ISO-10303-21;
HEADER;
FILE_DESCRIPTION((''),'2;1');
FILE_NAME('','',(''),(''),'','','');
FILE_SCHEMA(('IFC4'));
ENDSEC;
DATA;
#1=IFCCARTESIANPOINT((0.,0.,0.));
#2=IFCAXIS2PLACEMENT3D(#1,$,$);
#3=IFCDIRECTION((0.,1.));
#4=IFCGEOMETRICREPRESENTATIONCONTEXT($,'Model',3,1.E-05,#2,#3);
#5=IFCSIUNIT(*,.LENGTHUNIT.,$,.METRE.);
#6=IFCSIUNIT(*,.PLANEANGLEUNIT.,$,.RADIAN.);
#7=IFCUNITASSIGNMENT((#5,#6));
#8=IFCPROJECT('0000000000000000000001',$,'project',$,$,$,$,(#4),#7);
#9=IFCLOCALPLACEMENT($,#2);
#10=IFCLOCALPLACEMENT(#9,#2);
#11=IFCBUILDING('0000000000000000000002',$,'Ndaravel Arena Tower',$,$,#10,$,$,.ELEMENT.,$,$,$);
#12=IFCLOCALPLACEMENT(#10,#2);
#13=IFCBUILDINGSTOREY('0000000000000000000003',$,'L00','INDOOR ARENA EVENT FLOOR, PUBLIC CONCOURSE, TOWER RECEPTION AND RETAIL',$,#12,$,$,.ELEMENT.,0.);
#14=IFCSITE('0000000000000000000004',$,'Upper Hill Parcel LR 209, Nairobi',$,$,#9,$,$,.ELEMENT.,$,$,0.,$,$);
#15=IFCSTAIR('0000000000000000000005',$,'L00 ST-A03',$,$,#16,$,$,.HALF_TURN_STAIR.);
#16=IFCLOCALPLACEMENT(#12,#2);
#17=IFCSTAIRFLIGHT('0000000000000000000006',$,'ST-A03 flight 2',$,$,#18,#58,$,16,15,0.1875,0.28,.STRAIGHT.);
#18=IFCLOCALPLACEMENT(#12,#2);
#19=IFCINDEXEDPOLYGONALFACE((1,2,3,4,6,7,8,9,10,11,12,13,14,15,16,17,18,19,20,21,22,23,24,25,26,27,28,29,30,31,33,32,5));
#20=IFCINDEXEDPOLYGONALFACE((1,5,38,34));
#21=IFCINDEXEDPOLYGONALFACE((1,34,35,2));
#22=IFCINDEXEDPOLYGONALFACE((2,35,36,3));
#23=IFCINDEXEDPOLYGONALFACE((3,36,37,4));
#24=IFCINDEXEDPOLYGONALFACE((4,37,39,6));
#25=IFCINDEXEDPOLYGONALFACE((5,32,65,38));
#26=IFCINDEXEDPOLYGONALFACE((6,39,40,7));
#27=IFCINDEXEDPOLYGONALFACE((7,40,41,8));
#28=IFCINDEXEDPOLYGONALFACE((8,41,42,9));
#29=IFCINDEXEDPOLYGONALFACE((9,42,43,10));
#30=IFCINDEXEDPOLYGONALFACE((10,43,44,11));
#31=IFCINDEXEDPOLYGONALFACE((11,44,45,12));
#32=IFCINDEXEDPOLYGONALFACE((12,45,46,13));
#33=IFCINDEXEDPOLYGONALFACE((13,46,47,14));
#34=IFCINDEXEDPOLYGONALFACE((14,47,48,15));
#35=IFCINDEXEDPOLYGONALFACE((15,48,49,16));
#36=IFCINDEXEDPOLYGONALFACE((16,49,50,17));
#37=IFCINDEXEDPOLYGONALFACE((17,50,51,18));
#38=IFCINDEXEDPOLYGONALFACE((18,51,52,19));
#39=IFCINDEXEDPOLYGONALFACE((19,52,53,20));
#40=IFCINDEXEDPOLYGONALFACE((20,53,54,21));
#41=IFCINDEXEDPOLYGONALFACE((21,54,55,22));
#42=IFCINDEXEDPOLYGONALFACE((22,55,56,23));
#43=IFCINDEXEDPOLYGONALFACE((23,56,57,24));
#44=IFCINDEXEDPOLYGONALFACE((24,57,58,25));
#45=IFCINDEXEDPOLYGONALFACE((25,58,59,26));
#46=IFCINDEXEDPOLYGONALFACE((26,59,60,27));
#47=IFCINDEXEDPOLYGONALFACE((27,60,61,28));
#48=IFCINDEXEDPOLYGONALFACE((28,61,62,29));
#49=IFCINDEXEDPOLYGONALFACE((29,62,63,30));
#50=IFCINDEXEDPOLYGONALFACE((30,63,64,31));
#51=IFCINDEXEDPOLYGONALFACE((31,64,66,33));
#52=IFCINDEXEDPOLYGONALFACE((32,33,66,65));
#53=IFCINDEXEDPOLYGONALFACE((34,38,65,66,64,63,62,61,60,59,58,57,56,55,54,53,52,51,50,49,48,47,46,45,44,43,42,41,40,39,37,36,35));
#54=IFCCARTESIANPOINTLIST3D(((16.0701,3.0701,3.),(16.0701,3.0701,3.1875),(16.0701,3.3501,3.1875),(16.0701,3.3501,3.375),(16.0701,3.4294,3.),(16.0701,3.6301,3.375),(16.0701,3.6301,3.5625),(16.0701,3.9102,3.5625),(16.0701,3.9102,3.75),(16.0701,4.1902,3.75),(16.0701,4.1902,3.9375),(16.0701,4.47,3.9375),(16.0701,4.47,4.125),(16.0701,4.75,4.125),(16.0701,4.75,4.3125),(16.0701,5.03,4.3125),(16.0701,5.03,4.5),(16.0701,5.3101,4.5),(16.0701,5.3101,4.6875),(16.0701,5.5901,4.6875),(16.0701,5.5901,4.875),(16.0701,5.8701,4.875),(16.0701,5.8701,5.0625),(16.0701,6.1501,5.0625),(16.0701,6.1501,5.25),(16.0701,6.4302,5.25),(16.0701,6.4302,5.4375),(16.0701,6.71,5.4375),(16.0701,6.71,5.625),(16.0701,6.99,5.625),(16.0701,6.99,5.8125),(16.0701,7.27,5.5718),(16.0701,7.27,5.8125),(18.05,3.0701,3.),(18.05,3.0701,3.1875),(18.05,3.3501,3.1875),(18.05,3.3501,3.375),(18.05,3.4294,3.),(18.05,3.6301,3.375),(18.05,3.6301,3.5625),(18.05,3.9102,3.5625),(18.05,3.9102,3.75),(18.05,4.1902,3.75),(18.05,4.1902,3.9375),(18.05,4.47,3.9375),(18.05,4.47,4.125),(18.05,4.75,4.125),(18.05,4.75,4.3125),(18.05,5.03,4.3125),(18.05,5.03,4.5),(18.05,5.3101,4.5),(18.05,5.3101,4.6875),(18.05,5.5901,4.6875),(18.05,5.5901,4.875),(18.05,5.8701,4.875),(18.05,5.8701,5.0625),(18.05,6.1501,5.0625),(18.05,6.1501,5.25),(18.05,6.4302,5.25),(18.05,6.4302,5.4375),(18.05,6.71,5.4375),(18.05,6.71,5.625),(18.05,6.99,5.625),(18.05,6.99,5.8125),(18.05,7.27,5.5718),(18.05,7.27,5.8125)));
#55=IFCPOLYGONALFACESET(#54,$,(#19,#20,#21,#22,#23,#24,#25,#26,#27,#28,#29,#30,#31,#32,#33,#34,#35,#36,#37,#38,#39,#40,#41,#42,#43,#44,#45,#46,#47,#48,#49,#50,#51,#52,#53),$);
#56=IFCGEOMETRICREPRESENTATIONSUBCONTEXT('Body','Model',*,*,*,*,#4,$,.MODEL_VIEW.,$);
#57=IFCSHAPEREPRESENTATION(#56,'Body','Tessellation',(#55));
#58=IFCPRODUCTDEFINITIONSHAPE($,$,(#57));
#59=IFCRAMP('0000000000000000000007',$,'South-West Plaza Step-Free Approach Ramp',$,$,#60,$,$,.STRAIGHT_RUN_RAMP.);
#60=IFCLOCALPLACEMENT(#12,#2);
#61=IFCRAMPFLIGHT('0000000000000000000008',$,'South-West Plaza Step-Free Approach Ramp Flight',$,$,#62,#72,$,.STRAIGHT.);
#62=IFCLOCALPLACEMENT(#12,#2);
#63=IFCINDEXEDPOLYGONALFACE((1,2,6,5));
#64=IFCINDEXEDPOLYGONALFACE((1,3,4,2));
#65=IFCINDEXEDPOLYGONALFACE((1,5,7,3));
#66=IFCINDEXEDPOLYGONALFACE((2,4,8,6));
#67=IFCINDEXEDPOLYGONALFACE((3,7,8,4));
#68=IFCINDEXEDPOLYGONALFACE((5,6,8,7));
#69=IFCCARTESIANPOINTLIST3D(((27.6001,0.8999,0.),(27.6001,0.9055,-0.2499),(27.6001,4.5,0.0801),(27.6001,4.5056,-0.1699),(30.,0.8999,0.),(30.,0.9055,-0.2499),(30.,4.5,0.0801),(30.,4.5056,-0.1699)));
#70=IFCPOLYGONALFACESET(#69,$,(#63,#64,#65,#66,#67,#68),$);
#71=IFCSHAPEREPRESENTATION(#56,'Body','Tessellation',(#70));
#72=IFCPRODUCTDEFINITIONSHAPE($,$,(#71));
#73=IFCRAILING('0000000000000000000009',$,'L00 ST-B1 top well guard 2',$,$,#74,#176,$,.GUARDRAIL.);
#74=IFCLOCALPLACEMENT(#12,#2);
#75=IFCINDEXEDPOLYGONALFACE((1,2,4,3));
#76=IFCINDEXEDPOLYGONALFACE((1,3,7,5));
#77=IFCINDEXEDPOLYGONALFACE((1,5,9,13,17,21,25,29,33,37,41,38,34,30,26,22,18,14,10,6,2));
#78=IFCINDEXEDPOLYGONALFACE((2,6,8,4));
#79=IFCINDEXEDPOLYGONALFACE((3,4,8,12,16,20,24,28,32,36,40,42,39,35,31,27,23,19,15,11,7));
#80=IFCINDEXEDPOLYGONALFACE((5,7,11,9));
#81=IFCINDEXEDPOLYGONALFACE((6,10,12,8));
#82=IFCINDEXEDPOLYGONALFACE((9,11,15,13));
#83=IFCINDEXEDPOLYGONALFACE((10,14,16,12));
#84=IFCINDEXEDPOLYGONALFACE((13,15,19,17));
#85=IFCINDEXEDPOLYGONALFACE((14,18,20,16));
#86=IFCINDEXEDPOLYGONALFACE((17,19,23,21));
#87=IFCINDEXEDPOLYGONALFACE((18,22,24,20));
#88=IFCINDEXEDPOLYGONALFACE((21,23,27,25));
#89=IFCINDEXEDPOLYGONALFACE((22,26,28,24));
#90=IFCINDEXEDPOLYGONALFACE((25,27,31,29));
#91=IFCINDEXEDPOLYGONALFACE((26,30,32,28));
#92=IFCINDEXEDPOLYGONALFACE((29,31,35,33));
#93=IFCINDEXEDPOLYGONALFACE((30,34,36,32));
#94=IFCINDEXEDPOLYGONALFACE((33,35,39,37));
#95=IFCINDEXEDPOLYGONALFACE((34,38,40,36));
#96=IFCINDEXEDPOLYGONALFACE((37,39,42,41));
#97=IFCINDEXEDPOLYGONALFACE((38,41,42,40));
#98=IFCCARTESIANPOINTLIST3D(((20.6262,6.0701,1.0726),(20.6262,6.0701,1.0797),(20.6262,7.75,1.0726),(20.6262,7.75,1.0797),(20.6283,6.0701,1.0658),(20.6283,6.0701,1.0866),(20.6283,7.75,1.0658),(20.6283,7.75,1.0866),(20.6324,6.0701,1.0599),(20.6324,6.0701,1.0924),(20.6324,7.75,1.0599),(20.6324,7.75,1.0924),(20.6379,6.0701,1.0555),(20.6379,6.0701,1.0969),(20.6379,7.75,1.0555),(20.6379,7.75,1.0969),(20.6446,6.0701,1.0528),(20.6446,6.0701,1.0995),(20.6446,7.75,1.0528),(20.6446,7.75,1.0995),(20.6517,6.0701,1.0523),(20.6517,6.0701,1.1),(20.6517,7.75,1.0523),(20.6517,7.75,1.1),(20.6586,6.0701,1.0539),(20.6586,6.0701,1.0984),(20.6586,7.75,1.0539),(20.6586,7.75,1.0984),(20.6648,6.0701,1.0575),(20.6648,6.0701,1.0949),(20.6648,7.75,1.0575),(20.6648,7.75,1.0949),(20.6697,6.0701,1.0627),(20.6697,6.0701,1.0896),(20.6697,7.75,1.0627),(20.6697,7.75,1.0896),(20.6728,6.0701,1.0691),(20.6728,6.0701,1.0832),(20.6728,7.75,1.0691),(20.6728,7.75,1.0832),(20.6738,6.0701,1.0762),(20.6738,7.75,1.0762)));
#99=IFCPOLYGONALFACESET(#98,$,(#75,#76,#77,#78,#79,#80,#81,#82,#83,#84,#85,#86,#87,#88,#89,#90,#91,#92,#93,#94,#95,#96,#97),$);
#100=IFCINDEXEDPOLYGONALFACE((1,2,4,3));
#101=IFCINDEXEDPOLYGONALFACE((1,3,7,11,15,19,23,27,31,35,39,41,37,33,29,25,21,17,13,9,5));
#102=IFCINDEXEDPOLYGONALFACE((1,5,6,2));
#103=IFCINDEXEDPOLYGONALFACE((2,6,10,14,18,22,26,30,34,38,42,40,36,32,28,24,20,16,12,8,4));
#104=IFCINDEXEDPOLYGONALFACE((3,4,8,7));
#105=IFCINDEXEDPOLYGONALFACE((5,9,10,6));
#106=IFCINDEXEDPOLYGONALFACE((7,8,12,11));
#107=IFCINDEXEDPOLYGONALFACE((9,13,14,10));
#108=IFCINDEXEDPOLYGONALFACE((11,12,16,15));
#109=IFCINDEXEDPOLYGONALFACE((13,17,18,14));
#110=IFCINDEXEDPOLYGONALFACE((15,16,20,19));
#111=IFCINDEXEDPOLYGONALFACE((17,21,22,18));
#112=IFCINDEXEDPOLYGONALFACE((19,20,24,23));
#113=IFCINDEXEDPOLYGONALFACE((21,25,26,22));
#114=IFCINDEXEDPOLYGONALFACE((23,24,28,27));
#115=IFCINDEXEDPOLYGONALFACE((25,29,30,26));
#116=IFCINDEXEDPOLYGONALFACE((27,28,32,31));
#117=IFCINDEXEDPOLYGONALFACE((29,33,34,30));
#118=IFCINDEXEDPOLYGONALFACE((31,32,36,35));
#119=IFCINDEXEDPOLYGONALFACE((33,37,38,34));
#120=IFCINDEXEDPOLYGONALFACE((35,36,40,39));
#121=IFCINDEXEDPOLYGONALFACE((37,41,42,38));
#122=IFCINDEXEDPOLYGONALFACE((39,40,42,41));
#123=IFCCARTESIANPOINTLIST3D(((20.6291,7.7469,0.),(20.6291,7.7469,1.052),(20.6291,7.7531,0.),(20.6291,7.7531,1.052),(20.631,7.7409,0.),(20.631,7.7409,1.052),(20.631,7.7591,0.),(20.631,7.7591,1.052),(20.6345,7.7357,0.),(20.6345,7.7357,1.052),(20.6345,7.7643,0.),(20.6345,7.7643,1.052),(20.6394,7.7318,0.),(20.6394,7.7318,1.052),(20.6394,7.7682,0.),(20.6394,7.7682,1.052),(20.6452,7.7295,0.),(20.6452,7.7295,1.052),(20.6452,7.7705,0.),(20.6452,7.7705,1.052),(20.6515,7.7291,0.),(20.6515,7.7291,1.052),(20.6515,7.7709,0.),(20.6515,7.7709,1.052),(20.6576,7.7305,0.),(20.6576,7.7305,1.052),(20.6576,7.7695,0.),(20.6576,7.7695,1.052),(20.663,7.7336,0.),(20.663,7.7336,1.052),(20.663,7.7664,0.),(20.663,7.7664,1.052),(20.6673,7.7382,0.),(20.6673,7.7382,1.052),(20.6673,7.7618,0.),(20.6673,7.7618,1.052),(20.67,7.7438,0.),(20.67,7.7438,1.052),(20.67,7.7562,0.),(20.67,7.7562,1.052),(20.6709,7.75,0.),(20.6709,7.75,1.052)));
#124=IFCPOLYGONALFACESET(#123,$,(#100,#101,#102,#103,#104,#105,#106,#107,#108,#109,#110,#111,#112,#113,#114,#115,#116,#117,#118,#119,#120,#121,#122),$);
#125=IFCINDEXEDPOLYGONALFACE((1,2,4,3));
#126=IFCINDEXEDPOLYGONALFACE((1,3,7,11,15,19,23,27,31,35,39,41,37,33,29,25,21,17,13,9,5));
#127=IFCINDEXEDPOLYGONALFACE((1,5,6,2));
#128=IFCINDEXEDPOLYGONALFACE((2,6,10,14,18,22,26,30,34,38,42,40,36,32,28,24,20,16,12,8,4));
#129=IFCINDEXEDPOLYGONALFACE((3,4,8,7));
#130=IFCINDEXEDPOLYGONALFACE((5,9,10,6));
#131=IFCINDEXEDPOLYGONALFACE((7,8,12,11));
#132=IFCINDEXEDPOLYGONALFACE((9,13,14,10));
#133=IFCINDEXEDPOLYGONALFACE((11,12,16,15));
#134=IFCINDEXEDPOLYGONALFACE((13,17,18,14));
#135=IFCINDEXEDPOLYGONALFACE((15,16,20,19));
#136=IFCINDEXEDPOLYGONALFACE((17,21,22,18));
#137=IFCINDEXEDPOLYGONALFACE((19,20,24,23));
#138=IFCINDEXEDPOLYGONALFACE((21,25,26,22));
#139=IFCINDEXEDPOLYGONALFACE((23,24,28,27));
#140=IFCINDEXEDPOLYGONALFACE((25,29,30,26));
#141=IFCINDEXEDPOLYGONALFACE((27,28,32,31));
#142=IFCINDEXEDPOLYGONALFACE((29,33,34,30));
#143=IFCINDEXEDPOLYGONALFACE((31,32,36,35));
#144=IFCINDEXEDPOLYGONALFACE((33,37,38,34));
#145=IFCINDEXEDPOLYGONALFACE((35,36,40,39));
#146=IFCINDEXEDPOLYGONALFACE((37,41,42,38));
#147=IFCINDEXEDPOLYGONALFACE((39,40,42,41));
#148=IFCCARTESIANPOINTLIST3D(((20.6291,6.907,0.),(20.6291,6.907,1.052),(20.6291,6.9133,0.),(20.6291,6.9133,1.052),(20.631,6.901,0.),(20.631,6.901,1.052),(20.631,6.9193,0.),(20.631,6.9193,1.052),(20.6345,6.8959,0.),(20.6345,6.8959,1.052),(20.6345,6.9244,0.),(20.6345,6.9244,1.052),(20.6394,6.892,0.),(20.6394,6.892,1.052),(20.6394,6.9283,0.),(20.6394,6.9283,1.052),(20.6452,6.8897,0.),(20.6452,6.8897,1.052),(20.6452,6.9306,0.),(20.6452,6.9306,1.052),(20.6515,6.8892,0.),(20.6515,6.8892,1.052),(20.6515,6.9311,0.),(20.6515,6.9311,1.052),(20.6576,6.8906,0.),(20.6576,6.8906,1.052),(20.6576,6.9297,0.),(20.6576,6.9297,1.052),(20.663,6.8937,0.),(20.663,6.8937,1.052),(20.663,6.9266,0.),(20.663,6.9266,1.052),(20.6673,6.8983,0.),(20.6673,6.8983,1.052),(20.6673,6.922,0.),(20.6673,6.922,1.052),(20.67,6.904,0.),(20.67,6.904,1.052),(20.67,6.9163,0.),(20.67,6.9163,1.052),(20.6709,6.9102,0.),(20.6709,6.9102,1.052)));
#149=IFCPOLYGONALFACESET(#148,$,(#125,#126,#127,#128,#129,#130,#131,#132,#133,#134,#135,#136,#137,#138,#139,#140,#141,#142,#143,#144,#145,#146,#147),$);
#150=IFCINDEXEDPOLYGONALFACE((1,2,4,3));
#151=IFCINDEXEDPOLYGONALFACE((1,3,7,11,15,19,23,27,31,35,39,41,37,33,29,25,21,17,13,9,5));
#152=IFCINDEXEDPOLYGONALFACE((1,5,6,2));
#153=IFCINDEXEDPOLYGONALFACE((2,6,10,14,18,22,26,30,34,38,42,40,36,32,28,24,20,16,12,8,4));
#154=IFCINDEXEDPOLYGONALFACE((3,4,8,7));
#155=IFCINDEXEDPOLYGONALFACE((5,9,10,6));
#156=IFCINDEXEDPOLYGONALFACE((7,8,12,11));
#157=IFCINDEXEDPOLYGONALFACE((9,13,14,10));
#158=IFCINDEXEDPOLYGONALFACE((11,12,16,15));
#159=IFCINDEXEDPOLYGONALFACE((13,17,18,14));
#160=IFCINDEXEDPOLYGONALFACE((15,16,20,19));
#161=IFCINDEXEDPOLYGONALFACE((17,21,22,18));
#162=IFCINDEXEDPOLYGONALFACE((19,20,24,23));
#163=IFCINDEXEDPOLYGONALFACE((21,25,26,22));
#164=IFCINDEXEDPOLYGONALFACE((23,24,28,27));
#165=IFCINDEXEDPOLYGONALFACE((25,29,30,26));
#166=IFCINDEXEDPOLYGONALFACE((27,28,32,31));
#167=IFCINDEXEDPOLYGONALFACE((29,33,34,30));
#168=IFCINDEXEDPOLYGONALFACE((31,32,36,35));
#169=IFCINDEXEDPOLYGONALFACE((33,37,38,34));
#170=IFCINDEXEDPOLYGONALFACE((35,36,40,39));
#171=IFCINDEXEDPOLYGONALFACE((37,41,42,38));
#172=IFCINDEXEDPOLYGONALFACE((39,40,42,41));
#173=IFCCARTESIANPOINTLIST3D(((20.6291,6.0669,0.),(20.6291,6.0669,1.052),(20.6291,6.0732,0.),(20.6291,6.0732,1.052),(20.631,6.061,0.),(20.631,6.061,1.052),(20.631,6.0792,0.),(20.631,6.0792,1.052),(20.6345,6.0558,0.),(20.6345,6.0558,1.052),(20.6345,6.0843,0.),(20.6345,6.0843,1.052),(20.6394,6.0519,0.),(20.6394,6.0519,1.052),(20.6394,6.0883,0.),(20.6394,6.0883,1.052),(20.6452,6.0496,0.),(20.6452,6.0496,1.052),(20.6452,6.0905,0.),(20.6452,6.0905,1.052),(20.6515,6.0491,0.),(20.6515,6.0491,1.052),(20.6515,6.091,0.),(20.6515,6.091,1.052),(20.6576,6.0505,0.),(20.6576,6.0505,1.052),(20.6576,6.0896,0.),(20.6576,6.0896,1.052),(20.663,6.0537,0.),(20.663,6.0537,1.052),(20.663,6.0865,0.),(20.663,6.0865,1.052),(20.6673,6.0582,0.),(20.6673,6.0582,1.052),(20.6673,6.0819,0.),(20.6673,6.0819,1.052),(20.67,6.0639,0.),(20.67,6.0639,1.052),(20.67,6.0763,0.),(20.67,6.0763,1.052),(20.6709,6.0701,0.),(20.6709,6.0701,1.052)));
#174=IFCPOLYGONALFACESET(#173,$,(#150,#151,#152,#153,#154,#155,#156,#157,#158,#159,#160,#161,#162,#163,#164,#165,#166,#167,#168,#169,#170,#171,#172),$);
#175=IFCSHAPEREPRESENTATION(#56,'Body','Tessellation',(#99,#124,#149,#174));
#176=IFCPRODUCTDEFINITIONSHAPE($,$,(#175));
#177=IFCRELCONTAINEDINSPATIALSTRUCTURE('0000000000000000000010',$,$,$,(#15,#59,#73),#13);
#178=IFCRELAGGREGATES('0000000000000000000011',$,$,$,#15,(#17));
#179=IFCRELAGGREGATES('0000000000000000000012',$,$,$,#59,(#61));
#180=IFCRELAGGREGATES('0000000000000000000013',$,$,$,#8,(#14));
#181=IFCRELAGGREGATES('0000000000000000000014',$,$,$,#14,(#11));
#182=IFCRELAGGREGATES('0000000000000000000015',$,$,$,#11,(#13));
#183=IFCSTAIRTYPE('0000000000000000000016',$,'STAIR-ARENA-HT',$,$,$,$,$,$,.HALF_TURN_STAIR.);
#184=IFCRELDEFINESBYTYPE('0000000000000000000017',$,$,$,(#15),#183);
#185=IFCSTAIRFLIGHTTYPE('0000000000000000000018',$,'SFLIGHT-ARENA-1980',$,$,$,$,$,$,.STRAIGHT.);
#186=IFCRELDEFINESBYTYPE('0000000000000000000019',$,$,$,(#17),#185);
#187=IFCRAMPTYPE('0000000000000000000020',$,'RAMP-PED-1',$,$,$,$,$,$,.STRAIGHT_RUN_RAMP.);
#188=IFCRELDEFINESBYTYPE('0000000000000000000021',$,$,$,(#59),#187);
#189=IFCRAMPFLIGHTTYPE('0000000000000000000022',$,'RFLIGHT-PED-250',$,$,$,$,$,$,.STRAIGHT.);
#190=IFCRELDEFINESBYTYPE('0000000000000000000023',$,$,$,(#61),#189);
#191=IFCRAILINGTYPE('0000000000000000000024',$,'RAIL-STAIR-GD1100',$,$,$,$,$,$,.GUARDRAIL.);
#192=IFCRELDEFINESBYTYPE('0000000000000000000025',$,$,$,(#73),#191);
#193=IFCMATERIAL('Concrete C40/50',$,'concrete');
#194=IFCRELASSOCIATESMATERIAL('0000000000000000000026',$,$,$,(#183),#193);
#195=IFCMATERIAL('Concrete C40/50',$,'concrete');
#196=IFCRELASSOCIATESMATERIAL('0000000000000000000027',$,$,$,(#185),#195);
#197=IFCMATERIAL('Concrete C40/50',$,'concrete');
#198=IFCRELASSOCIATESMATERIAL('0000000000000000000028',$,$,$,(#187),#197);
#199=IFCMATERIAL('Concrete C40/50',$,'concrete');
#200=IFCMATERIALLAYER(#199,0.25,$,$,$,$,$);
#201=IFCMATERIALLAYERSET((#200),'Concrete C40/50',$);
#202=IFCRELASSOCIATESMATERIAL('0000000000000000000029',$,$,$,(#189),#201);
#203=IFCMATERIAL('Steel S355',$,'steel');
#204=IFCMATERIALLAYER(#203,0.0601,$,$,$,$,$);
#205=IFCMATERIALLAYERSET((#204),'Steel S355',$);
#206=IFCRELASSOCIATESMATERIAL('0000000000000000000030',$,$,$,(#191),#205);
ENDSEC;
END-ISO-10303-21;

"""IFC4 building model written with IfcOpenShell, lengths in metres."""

from ifc_helpers import new_model, si_unit, direction, frame, origin, origin_2d, place, context, subcontext, project, spatial, polyline, circle, outline, extrude, material, layer, layer_set, type_object, element, aggregate, save


model = new_model("IFC4")

# Units and contexts
model_context = context("Model", 3, precision=1e-05, world=origin(), true_north=direction((0.0, 1.0)))
body_context = subcontext(model_context, "Body", "Model", "MODEL_VIEW")
ifc_project = project(units=[si_unit("LENGTHUNIT", "METRE"), si_unit("PLANEANGLEUNIT", "RADIAN")], contexts=[model_context])

# Site, building, storey
site_placement = place(None, origin())
site = spatial("IfcSite", under=ifc_project, at=site_placement, Name="Upper Hill Parcel LR 209, Nairobi", CompositionType="ELEMENT", RefElevation=0.0)
building_placement = place(site_placement, origin())
building = spatial("IfcBuilding", under=site, at=building_placement, Name="Ndaravel Arena Tower", CompositionType="ELEMENT")
storey_placement = place(building_placement, origin())
storey = spatial("IfcBuildingStorey", under=building, at=storey_placement, Name="L00", Description="INDOOR ARENA EVENT FLOOR, PUBLIC CONCOURSE, TOWER RECEPTION AND RETAIL", CompositionType="ELEMENT", Elevation=0.0)

# Stair, stair flight
ifc_material_1 = material(Name="Concrete C40/50", Category="concrete")
stair_type = type_object("IfcStairType", Name="STAIR-ARENA-HT", PredefinedType="HALF_TURN_STAIR", material=ifc_material_1)
stair_placement = place(storey_placement, origin())
stair = element("IfcStair", 1, at=stair_placement, inside=storey, type_object=stair_type, Name="L00 ST-A03", PredefinedType="HALF_TURN_STAIR")
ifc_material_2 = material(Name="Concrete C40/50", Category="concrete")
stair_flight_type = type_object("IfcStairFlightType", Name="SFLIGHT-ARENA-1980", PredefinedType="STRAIGHT", material=ifc_material_2)
stair_flight_placement = place(storey_placement, frame((17.0601, 3.0701, 3.0), z_axis=(0.0, 0.0, 1.0), x_axis=(0.0, 1.0, 0.0)))
stair_flight = element("IfcStairFlight", 2, at=stair_flight_placement, type_object=stair_flight_type, Name="ST-A03 flight 2", NumberOfRisers=16, NumberOfTreads=15, PredefinedType="STRAIGHT", RiserHeight=0.1875, TreadLength=0.28, context=body_context, shape_type="SweptSolid", body=[
    extrude(outline(polyline([(0.0, 0.0), (0.0, 0.1875), (0.28, 0.1875), (0.28, 0.375), (0.5601, 0.375), (0.5601, 0.5625), (0.8401, 0.5625), (0.8401, 0.75), (1.1201, 0.75), (1.1201, 0.9375), (1.3999, 0.9375), (1.3999, 1.125), (1.6799, 1.125), (1.6799, 1.3125), (1.96, 1.3125), (1.96, 1.5), (2.24, 1.5), (2.24, 1.6875), (2.52, 1.6875), (2.52, 1.875), (2.8, 1.875), (2.8, 2.0625), (3.0801, 2.0625), (3.0801, 2.25), (3.3601, 2.25), (3.3601, 2.4375), (3.6399, 2.4375), (3.6399, 2.625), (3.9199, 2.625), (3.9199, 2.8125), (4.2, 2.8125), (4.2, 3.0), (4.2, 2.5718), (0.3594, 0.0), (0.0, 0.0)])), frame((0.0, 0.99, 0.0), z_axis=(0.0, -1.0, 0.0), x_axis=(1.0, 0.0, 0.0)), (0.0, 0.0, 1.0), 1.98),
])
aggregate(stair, [stair_flight])

# Ramp, ramp flight
ifc_material_3 = material(Name="Concrete C40/50", Category="concrete")
ramp_type = type_object("IfcRampType", Name="RAMP-PED-1", PredefinedType="STRAIGHT_RUN_RAMP", material=ifc_material_3)
ramp_placement = place(storey_placement, origin())
ramp = element("IfcRamp", 3, at=ramp_placement, inside=storey, type_object=ramp_type, Name="South-West Plaza Step-Free Approach Ramp", PredefinedType="STRAIGHT_RUN_RAMP")
ifc_material_4 = material(Name="Concrete C40/50", Category="concrete")
ifc_layer_1 = layer(ifc_material_4, 0.25)
ifc_layer_set_1 = layer_set([ifc_layer_1], Name="Concrete C40/50")
ramp_flight_type = type_object("IfcRampFlightType", Name="RFLIGHT-PED-250", PredefinedType="STRAIGHT", material=ifc_layer_set_1)
ramp_flight_placement = place(storey_placement, frame((27.6001, 0.8999, 0.0), z_axis=(0.0, -0.022238, 0.999753), x_axis=(1.0, 0.0, 0.0)))
ramp_flight = element("IfcRampFlight", 4, at=ramp_flight_placement, type_object=ramp_flight_type, Name="South-West Plaza Step-Free Approach Ramp Flight", PredefinedType="STRAIGHT", context=body_context, shape_type="SweptSolid", body=[
    extrude(outline(polyline([(0.0, 0.0), (2.3999, 0.0), (2.3999, 3.601), (0.0, 3.601), (0.0, 0.0)])), origin(), (0.0, 0.0, -1.0), 0.25),
])
aggregate(ramp, [ramp_flight])

# Railing
ifc_material_5 = material(Name="Steel S355", Category="steel")
ifc_layer_2 = layer(ifc_material_5, 0.0601)
ifc_layer_set_2 = layer_set([ifc_layer_2], Name="Steel S355")
railing_type_1 = type_object("IfcRailingType", Name="RAIL-STAIR-GD1100", PredefinedType="GUARDRAIL", material=ifc_layer_set_2)
for number, where, name in (
    (5, (20.6499, 7.75, 0.0), "L00 ST-B1 top well guard 2"),
):
    element("IfcRailing", number, at=place(storey_placement, frame(where)), inside=storey, type_object=railing_type_1, Name=name, PredefinedType="GUARDRAIL", context=body_context, shape_type="SweptSolid", body=[
        extrude(circle(Radius=0.0239, at=origin_2d()), frame((0.0, 0.0, 1.0762), z_axis=(0.0, -1.0, 0.0), x_axis=(1.0, 0.0, 0.0)), (0.0, 0.0, 1.0), 1.6799),
        extrude(circle(Radius=0.021, at=origin_2d()), origin(), (0.0, 0.0, 1.0), 1.052),
        extrude(circle(Radius=0.021, at=origin_2d()), frame((0.0, -0.8398, 0.0)), (0.0, 0.0, 1.0), 1.052),
        extrude(circle(Radius=0.021, at=origin_2d()), frame((0.0, -1.6799, 0.0)), (0.0, 0.0, 1.0), 1.052),
    ])

save(model, "model.ifc")
